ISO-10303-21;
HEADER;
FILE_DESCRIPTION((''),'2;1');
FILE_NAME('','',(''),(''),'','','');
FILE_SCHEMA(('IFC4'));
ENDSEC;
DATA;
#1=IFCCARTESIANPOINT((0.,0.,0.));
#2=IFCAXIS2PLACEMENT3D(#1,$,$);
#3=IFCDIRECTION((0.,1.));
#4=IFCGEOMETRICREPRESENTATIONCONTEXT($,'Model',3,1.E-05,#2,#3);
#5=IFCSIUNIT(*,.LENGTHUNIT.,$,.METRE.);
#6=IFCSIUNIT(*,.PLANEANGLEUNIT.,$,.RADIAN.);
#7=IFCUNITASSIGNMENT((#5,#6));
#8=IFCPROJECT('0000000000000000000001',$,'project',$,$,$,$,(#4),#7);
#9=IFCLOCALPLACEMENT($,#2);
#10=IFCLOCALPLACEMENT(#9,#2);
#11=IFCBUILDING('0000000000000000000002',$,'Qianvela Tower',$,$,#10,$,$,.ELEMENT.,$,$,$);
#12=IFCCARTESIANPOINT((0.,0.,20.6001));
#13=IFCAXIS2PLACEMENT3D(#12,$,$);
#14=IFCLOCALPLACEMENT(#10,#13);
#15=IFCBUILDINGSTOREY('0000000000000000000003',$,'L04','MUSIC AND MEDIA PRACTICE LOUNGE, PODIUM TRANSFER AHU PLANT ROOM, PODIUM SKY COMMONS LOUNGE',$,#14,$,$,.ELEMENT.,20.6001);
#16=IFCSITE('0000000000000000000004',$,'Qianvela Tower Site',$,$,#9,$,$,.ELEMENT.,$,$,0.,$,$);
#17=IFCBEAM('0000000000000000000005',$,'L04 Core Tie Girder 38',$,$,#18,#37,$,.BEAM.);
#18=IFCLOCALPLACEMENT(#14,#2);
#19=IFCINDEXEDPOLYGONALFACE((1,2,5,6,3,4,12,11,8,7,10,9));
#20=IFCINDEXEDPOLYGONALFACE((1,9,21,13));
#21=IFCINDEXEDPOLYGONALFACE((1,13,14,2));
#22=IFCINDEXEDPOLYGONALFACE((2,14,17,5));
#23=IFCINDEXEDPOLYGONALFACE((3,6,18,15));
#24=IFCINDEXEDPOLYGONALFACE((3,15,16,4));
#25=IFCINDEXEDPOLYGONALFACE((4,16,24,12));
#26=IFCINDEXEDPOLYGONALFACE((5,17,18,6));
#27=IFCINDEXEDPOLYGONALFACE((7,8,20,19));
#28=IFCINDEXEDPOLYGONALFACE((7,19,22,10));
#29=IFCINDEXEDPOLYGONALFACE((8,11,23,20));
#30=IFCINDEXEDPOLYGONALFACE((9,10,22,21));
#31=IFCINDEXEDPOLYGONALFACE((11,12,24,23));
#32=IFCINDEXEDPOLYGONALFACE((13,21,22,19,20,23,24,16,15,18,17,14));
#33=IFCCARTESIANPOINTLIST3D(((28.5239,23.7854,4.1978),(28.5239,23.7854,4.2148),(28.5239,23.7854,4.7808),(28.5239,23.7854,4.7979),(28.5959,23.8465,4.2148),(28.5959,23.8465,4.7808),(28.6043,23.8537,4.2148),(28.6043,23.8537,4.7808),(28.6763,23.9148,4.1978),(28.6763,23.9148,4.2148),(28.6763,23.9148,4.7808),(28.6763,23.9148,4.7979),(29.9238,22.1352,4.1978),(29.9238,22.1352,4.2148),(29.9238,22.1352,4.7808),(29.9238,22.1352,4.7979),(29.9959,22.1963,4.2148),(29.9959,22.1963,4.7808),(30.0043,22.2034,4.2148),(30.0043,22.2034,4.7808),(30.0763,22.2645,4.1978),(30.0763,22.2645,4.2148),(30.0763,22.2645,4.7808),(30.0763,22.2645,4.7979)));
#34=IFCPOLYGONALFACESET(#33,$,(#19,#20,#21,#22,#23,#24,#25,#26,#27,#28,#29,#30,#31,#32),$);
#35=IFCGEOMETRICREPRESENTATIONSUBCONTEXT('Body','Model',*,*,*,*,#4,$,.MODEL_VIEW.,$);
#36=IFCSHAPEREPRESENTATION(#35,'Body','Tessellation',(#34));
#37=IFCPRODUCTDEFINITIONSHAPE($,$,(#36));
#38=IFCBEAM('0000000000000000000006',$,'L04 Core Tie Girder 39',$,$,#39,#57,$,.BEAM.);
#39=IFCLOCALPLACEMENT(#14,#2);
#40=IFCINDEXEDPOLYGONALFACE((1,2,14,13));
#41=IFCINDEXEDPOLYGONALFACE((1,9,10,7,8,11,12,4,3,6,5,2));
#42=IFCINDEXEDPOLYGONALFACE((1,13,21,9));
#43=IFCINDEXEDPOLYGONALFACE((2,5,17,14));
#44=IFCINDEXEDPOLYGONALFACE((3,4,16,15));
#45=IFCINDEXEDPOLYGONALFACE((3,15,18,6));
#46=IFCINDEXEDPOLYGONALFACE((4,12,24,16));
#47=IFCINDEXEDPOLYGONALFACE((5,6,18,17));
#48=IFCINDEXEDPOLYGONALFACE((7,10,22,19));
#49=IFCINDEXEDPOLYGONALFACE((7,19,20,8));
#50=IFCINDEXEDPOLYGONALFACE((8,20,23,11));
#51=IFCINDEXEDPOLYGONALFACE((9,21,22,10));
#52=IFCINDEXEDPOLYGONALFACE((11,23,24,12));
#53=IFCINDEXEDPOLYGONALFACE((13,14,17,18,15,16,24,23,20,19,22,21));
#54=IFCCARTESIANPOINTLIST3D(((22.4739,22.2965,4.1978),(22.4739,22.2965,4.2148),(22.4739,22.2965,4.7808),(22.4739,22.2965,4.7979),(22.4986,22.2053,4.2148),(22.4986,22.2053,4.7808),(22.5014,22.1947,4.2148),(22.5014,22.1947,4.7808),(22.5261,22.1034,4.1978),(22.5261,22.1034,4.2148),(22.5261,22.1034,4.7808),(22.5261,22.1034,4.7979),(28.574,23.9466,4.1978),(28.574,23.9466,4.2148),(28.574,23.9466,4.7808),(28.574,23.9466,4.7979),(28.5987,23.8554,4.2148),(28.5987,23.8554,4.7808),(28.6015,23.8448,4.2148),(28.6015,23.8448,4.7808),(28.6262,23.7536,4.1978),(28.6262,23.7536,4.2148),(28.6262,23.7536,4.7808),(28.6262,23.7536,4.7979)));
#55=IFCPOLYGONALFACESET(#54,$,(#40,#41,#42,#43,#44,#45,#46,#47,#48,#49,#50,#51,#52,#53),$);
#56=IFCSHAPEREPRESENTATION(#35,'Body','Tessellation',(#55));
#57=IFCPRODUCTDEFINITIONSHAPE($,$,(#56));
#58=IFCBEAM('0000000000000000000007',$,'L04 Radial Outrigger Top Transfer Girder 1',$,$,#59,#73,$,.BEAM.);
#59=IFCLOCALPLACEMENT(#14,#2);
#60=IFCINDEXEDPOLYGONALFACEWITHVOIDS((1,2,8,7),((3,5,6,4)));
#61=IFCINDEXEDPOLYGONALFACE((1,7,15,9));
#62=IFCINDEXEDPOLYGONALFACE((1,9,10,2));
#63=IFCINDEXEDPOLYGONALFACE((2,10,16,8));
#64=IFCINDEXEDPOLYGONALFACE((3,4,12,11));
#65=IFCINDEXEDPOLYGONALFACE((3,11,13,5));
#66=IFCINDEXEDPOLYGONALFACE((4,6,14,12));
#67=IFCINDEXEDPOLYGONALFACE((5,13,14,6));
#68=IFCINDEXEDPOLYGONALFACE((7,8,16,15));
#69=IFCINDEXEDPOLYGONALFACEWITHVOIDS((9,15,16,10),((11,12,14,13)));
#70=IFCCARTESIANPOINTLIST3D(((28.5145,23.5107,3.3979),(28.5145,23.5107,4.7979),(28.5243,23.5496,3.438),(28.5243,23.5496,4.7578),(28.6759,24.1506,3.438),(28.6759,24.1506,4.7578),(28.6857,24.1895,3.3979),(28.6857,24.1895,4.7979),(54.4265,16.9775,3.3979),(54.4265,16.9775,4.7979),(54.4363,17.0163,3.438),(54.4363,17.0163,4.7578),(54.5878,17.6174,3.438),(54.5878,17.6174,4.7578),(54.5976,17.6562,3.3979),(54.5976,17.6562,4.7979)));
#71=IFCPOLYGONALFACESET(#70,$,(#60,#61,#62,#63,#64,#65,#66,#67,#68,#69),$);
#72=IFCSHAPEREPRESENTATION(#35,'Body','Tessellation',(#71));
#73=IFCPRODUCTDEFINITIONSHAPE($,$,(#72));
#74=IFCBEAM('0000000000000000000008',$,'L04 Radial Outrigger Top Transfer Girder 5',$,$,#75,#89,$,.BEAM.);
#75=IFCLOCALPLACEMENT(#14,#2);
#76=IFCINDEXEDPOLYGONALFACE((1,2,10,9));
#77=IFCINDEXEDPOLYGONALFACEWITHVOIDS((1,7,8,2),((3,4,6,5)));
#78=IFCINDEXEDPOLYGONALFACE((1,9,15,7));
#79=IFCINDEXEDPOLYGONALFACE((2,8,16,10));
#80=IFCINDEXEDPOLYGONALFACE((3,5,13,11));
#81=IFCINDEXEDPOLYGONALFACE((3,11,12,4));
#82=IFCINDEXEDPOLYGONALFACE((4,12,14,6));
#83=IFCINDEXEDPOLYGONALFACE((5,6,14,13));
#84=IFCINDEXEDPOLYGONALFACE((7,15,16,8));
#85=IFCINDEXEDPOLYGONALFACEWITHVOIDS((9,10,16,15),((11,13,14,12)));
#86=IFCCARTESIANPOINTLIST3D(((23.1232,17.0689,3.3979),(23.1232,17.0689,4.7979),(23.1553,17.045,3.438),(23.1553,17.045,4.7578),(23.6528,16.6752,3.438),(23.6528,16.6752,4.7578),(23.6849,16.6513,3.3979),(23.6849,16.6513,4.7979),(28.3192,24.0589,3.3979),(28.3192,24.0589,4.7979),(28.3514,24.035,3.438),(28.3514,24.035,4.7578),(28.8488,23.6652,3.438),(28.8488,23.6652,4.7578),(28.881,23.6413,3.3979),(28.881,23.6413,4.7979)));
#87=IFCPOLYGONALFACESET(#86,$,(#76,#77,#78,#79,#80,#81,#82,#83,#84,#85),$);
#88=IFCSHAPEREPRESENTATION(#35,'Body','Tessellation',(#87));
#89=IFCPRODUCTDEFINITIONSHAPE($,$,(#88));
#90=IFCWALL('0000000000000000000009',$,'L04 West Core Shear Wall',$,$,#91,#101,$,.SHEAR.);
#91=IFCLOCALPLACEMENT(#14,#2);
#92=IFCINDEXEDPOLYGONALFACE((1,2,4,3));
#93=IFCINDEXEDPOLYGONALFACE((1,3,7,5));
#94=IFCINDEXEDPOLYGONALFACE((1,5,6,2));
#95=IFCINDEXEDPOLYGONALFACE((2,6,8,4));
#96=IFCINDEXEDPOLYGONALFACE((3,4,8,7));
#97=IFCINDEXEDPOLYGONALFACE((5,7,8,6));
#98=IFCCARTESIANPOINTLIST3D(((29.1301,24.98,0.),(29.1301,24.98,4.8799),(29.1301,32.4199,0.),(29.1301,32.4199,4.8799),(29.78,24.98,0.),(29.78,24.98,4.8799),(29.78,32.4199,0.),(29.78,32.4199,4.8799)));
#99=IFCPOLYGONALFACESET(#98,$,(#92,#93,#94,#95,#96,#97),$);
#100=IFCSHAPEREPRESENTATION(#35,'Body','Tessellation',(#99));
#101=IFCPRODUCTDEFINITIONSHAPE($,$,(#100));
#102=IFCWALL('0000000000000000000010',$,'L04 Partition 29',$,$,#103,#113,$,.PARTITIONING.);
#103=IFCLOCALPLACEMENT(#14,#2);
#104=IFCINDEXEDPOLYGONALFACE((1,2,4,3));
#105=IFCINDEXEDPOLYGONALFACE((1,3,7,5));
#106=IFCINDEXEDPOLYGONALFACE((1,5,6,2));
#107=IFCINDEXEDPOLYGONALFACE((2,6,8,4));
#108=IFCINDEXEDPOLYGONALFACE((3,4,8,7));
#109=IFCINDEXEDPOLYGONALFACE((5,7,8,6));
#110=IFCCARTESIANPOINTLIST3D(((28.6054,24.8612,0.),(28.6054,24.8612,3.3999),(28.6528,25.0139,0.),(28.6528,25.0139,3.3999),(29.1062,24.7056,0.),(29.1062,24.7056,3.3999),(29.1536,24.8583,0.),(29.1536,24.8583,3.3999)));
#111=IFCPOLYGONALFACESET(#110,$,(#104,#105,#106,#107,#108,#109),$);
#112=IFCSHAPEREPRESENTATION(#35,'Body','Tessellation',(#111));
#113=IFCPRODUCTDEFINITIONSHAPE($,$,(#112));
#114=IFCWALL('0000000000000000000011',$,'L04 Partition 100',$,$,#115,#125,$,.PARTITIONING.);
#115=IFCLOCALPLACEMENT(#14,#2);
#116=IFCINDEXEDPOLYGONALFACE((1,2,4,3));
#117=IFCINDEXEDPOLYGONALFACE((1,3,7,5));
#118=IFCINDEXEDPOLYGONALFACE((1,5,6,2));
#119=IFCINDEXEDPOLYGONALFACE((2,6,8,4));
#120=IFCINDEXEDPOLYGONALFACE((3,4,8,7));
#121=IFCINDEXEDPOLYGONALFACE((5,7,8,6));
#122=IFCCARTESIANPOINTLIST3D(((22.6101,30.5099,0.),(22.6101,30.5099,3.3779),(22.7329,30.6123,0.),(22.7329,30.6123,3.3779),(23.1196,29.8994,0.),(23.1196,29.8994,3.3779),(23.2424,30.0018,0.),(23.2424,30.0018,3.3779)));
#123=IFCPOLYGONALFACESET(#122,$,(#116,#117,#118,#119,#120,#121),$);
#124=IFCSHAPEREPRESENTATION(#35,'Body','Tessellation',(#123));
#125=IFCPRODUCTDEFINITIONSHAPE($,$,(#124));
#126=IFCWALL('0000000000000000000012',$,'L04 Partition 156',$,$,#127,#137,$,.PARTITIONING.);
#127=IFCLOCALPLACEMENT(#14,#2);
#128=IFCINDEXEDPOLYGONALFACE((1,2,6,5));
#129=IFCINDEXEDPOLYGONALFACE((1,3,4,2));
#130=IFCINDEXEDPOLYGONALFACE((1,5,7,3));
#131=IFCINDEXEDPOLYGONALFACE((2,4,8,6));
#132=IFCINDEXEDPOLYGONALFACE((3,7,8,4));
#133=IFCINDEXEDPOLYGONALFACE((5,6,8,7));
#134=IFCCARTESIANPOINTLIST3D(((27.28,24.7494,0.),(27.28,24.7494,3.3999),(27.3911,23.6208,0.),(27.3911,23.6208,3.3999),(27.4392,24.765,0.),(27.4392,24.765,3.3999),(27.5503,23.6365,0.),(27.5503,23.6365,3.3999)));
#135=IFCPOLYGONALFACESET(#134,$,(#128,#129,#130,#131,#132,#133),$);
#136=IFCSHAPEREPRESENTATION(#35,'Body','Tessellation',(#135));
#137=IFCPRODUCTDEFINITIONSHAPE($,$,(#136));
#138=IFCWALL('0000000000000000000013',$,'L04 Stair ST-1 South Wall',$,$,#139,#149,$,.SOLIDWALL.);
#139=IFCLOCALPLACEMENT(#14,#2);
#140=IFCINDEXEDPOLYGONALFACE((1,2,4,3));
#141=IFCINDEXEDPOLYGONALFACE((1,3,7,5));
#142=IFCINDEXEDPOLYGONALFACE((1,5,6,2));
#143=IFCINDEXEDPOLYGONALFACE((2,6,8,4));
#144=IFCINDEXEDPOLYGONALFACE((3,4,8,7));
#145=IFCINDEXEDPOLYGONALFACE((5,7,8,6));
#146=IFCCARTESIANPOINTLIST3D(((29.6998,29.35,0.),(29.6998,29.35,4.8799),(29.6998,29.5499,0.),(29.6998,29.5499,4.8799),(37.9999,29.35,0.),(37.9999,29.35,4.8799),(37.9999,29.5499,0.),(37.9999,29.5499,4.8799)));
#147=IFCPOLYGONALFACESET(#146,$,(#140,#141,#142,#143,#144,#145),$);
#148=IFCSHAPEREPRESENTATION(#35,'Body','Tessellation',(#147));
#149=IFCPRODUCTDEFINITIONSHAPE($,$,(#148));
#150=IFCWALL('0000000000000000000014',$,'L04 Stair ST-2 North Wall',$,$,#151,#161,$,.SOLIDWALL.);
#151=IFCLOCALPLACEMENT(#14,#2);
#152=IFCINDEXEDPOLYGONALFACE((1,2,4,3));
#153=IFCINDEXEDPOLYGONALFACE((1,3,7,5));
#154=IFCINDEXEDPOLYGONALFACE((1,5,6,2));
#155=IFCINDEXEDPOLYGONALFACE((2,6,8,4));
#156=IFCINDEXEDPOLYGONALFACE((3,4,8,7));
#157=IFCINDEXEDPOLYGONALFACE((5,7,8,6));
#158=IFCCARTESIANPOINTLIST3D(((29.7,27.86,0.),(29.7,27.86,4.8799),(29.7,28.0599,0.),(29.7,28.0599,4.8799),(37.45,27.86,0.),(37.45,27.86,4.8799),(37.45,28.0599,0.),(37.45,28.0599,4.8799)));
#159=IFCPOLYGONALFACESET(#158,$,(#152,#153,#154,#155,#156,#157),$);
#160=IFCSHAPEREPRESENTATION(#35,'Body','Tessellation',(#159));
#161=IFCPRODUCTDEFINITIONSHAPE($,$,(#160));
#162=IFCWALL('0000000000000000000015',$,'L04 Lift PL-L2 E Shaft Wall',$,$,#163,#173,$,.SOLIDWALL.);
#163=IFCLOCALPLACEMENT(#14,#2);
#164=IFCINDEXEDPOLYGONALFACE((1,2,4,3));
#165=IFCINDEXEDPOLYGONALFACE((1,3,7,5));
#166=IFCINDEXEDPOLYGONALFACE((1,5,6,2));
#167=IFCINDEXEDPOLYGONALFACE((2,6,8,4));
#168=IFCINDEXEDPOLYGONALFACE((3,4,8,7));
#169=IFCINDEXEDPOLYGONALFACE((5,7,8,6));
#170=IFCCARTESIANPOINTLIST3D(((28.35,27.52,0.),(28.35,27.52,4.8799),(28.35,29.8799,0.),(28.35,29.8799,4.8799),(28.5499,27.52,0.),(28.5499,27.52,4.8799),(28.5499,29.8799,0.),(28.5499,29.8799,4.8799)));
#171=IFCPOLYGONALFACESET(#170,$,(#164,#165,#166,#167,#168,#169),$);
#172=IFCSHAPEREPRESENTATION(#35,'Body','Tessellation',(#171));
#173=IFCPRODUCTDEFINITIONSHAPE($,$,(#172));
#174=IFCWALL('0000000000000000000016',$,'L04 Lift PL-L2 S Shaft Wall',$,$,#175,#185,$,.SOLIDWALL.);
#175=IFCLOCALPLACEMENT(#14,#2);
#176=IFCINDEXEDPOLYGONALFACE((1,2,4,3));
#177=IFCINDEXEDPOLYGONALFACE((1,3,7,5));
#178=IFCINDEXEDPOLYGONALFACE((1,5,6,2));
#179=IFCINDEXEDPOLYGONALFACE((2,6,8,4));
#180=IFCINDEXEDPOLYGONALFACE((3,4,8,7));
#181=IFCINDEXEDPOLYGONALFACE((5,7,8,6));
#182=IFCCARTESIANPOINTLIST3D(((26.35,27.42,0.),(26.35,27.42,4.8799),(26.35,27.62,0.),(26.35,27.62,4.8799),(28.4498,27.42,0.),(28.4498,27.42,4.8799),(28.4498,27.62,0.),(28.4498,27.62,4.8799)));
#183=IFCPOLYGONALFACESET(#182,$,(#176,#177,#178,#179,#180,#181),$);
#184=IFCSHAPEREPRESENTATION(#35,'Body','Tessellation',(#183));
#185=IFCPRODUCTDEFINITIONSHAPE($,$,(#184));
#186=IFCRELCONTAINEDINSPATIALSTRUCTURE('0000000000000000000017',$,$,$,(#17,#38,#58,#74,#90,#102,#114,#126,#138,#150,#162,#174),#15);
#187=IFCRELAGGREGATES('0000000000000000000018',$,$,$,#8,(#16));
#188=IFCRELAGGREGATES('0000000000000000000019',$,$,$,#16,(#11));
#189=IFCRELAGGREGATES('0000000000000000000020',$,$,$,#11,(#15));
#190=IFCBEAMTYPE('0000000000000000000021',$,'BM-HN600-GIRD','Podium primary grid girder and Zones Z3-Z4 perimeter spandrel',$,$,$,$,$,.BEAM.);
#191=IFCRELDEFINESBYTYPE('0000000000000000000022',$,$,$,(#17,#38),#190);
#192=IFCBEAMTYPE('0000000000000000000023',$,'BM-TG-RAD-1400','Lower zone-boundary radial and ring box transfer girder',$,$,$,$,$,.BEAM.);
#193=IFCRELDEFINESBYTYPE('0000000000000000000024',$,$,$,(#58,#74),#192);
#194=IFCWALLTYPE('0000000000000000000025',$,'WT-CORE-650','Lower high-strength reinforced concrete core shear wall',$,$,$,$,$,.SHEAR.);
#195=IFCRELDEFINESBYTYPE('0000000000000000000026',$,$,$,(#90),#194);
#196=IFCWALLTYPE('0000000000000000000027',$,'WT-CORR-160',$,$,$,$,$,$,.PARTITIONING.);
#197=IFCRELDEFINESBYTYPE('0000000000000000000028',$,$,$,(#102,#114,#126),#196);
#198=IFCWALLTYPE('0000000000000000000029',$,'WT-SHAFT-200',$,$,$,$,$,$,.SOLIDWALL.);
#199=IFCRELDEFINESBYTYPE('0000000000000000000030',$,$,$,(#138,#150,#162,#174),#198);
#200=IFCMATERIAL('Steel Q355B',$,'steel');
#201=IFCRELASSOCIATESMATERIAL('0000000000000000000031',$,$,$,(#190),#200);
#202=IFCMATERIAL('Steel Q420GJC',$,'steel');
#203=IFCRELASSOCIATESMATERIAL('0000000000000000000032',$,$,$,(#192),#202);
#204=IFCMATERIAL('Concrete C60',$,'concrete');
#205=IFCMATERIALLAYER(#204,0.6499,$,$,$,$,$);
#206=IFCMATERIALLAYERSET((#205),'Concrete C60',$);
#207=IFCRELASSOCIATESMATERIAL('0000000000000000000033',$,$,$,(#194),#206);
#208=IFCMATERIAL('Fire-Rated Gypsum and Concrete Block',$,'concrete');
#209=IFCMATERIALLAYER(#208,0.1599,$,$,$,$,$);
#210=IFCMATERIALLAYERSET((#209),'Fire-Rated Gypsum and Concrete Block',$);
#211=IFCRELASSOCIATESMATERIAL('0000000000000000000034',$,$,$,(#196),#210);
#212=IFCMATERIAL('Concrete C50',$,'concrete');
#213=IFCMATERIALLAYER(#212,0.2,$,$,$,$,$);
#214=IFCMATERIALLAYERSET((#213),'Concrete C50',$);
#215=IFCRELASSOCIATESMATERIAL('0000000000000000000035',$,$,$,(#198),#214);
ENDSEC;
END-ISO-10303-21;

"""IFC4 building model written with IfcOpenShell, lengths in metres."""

from ifc_helpers import new_model, si_unit, direction, frame, frame_2d, origin, origin_2d, place, context, subcontext, project, spatial, rectangle, hollow_rectangle, i_section, extrude, material, layer, layer_set, material_profile, profile_set, type_object, element, save


model = new_model("IFC4")

# Units and contexts
model_context = context("Model", 3, precision=1e-05, world=origin(), true_north=direction((0.0, 1.0)))
body_context = subcontext(model_context, "Body", "Model", "MODEL_VIEW")
ifc_project = project(units=[si_unit("LENGTHUNIT", "METRE"), si_unit("PLANEANGLEUNIT", "RADIAN")], contexts=[model_context])

# Site, building, storey
site_placement = place(None, origin())
site = spatial("IfcSite", under=ifc_project, at=site_placement, Name="Qianvela Tower Site", CompositionType="ELEMENT", RefElevation=0.0)
building_placement = place(site_placement, origin())
building = spatial("IfcBuilding", under=site, at=building_placement, Name="Qianvela Tower", CompositionType="ELEMENT")
storey_placement = place(building_placement, frame((0.0, 0.0, 20.6001)))
storey = spatial("IfcBuildingStorey", under=building, at=storey_placement, Name="L04", Description="MUSIC AND MEDIA PRACTICE LOUNGE, PODIUM TRANSFER AHU PLANT ROOM, PODIUM SKY COMMONS LOUNGE", CompositionType="ELEMENT", Elevation=20.6001)

# Beams
ifc_material_1 = material(Name="Steel Q355B", Category="steel")
ifc_material_profile_1 = material_profile(ifc_material_1, i_section(OverallWidth=0.2, OverallDepth=0.6001, WebThickness=0.011, FlangeThickness=0.0171, at=origin_2d()), Name="HN600x200x11x17")
ifc_profile_set_1 = profile_set([ifc_material_profile_1], Name="Steel Q355B")
beam_type_1 = type_object("IfcBeamType", Name="BM-HN600-GIRD", Description="Podium primary grid girder and Zones Z3-Z4 perimeter spandrel", PredefinedType="BEAM", material=ifc_profile_set_1)
beam_1_placement = place(storey_placement, frame((28.6001, 23.8501, 4.4978), z_axis=(0.646918, -0.76256, 0.0), x_axis=(0.76256, 0.646918, 0.0)))
element("IfcBeam", 1, at=beam_1_placement, inside=storey, type_object=beam_type_1, Name="L04 Core Tie Girder 38", PredefinedType="BEAM", context=body_context, shape_type="SweptSolid", body=[
    extrude(i_section(OverallWidth=0.2, OverallDepth=0.6001, WebThickness=0.011, FlangeThickness=0.0171, at=origin_2d()), origin(), (0.0, 0.0, 1.0), 2.1641),
])
beam_2_placement = place(storey_placement, frame((28.6001, 23.8501, 4.4978), z_axis=(-0.965305, -0.261126, 0.0), x_axis=(0.261126, -0.965305, 0.0)))
element("IfcBeam", 2, at=beam_2_placement, inside=storey, type_object=beam_type_1, Name="L04 Core Tie Girder 39", PredefinedType="BEAM", context=body_context, shape_type="SweptSolid", body=[
    extrude(i_section(OverallWidth=0.2, OverallDepth=0.6001, WebThickness=0.011, FlangeThickness=0.0171, at=origin_2d()), origin(), (0.0, 0.0, 1.0), 6.3193),
])
ifc_material_2 = material(Name="Steel Q420GJC", Category="steel")
ifc_material_profile_2 = material_profile(ifc_material_2, hollow_rectangle(XDim=0.7, YDim=1.3999, WallThickness=0.04, at=origin_2d()), Name="TG-BOX-1400x700x40")
ifc_profile_set_2 = profile_set([ifc_material_profile_2], Name="Steel Q420GJC")
beam_type_2 = type_object("IfcBeamType", Name="BM-TG-RAD-1400", Description="Lower zone-boundary radial and ring box transfer girder", PredefinedType="BEAM", material=ifc_profile_set_2)
beam_3_placement = place(storey_placement, frame((28.6001, 23.8501, 4.0979), z_axis=(0.969654, -0.244481, 0.0), x_axis=(0.244481, 0.969654, 0.0)))
element("IfcBeam", 3, at=beam_3_placement, inside=storey, type_object=beam_type_2, Name="L04 Radial Outrigger Top Transfer Girder 1", PredefinedType="BEAM", context=body_context, shape_type="SweptSolid", body=[
    extrude(hollow_rectangle(XDim=0.7, YDim=1.3999, WallThickness=0.04, at=origin_2d()), origin(), (0.0, 0.0, 1.0), 26.7229),
])
beam_4_placement = place(storey_placement, frame((28.6001, 23.8501, 4.0979), z_axis=(-0.596581, -0.802553, 0.0), x_axis=(0.802553, -0.596581, 0.0)))
element("IfcBeam", 4, at=beam_4_placement, inside=storey, type_object=beam_type_2, Name="L04 Radial Outrigger Top Transfer Girder 5", PredefinedType="BEAM", context=body_context, shape_type="SweptSolid", body=[
    extrude(hollow_rectangle(XDim=0.7, YDim=1.3999, WallThickness=0.04, at=origin_2d()), origin(), (0.0, 0.0, 1.0), 8.7097),
])

# Shared definitions
ifc_material_3 = material(Name="Concrete C60", Category="concrete")
ifc_layer_1 = layer(ifc_material_3, 0.6499)
ifc_layer_set_1 = layer_set([ifc_layer_1], Name="Concrete C60")
wall_type_1 = type_object("IfcWallType", Name="WT-CORE-650", Description="Lower high-strength reinforced concrete core shear wall", PredefinedType="SHEAR", material=ifc_layer_set_1)

# Walls
wall_1_placement = place(storey_placement, frame((29.4551, 24.98, 0.0), z_axis=(0.0, 0.0, 1.0), x_axis=(0.0, 1.0, 0.0)))
element("IfcWall", 5, at=wall_1_placement, inside=storey, type_object=wall_type_1, Name="L04 West Core Shear Wall", PredefinedType="SHEAR", context=body_context, shape_type="SweptSolid", body=[
    extrude(rectangle(XDim=7.4399, YDim=0.6499, at=frame_2d((3.72, 0.0))), origin(), (0.0, 0.0, 1.0), 4.8799),
])
ifc_material_4 = material(Name="Fire-Rated Gypsum and Concrete Block", Category="concrete")
ifc_layer_2 = layer(ifc_material_4, 0.1599)
ifc_layer_set_2 = layer_set([ifc_layer_2], Name="Fire-Rated Gypsum and Concrete Block")
wall_type_2 = type_object("IfcWallType", Name="WT-CORR-160", PredefinedType="PARTITIONING", material=ifc_layer_set_2)
wall_2_placement = place(storey_placement, frame((29.1299, 24.782, 0.0), z_axis=(0.0, 0.0, 1.0), x_axis=(-0.955, 0.296604, 0.0)))
element("IfcWall", 6, at=wall_2_placement, inside=storey, type_object=wall_type_2, Name="L04 Partition 29", PredefinedType="PARTITIONING", context=body_context, shape_type="SweptSolid", body=[
    extrude(rectangle(XDim=0.5244, YDim=0.1599, at=frame_2d((0.2622, 0.0))), origin(), (0.0, 0.0, 1.0), 3.3999),
])
wall_3_placement = place(storey_placement, frame((23.1809, 29.9507, 0.0), z_axis=(0.0, 0.0, 1.0), x_axis=(-0.640698, 0.767793, 0.0)))
element("IfcWall", 7, at=wall_3_placement, inside=storey, type_object=wall_type_2, Name="L04 Partition 100", PredefinedType="PARTITIONING", context=body_context, shape_type="SweptSolid", body=[
    extrude(rectangle(XDim=0.7952, YDim=0.1599, at=frame_2d((0.3975, 0.0))), origin(), (0.0, 0.0, 1.0), 3.3779),
])
wall_4_placement = place(storey_placement, frame((27.3596, 24.7571, 0.0), z_axis=(0.0, 0.0, 1.0), x_axis=(0.097948, -0.995192, 0.0)))
element("IfcWall", 8, at=wall_4_placement, inside=storey, type_object=wall_type_2, Name="L04 Partition 156", PredefinedType="PARTITIONING", context=body_context, shape_type="SweptSolid", body=[
    extrude(rectangle(XDim=1.134, YDim=0.1599, at=frame_2d((0.5669, 0.0))), origin(), (0.0, 0.0, 1.0), 3.3999),
])
ifc_material_5 = material(Name="Concrete C50", Category="concrete")
ifc_layer_3 = layer(ifc_material_5, 0.2)
ifc_layer_set_3 = layer_set([ifc_layer_3], Name="Concrete C50")
wall_type_3 = type_object("IfcWallType", Name="WT-SHAFT-200", PredefinedType="SOLIDWALL", material=ifc_layer_set_3)
wall_5_placement = place(storey_placement, frame((29.7, 29.45, 0.0), z_axis=(0.0, 0.0, 1.0), x_axis=(1.0, 0.0, 0.0)))
element("IfcWall", 9, at=wall_5_placement, inside=storey, type_object=wall_type_3, Name="L04 Stair ST-1 South Wall", PredefinedType="SOLIDWALL", context=body_context, shape_type="SweptSolid", body=[
    extrude(rectangle(XDim=8.3, YDim=0.2, at=frame_2d((4.1499, 0.0))), origin(), (0.0, 0.0, 1.0), 4.8799),
])
wall_6_placement = place(storey_placement, frame((29.7, 27.96, 0.0), z_axis=(0.0, 0.0, 1.0), x_axis=(1.0, 0.0, 0.0)))
element("IfcWall", 10, at=wall_6_placement, inside=storey, type_object=wall_type_3, Name="L04 Stair ST-2 North Wall", PredefinedType="SOLIDWALL", context=body_context, shape_type="SweptSolid", body=[
    extrude(rectangle(XDim=7.75, YDim=0.2, at=frame_2d((3.875, 0.0))), origin(), (0.0, 0.0, 1.0), 4.8799),
])
wall_7_placement = place(storey_placement, frame((28.45, 27.52, 0.0), z_axis=(0.0, 0.0, 1.0), x_axis=(0.0, 1.0, 0.0)))
element("IfcWall", 11, at=wall_7_placement, inside=storey, type_object=wall_type_3, Name="L04 Lift PL-L2 E Shaft Wall", PredefinedType="SOLIDWALL", context=body_context, shape_type="SweptSolid", body=[
    extrude(rectangle(XDim=2.3599, YDim=0.2, at=frame_2d((1.1799, 0.0))), origin(), (0.0, 0.0, 1.0), 4.8799),
])

# Wall
wall_8_placement = place(storey_placement, frame((26.3501, 27.52, 0.0), z_axis=(0.0, 0.0, 1.0), x_axis=(1.0, 0.0, 0.0)))
element("IfcWall", 12, at=wall_8_placement, inside=storey, type_object=wall_type_3, Name="L04 Lift PL-L2 S Shaft Wall", PredefinedType="SOLIDWALL", context=body_context, shape_type="SweptSolid", body=[
    extrude(rectangle(XDim=2.0999, YDim=0.2, at=frame_2d((1.0498, 0.0))), origin(), (0.0, 0.0, 1.0), 4.8799),
])

save(model, "model.ifc")
